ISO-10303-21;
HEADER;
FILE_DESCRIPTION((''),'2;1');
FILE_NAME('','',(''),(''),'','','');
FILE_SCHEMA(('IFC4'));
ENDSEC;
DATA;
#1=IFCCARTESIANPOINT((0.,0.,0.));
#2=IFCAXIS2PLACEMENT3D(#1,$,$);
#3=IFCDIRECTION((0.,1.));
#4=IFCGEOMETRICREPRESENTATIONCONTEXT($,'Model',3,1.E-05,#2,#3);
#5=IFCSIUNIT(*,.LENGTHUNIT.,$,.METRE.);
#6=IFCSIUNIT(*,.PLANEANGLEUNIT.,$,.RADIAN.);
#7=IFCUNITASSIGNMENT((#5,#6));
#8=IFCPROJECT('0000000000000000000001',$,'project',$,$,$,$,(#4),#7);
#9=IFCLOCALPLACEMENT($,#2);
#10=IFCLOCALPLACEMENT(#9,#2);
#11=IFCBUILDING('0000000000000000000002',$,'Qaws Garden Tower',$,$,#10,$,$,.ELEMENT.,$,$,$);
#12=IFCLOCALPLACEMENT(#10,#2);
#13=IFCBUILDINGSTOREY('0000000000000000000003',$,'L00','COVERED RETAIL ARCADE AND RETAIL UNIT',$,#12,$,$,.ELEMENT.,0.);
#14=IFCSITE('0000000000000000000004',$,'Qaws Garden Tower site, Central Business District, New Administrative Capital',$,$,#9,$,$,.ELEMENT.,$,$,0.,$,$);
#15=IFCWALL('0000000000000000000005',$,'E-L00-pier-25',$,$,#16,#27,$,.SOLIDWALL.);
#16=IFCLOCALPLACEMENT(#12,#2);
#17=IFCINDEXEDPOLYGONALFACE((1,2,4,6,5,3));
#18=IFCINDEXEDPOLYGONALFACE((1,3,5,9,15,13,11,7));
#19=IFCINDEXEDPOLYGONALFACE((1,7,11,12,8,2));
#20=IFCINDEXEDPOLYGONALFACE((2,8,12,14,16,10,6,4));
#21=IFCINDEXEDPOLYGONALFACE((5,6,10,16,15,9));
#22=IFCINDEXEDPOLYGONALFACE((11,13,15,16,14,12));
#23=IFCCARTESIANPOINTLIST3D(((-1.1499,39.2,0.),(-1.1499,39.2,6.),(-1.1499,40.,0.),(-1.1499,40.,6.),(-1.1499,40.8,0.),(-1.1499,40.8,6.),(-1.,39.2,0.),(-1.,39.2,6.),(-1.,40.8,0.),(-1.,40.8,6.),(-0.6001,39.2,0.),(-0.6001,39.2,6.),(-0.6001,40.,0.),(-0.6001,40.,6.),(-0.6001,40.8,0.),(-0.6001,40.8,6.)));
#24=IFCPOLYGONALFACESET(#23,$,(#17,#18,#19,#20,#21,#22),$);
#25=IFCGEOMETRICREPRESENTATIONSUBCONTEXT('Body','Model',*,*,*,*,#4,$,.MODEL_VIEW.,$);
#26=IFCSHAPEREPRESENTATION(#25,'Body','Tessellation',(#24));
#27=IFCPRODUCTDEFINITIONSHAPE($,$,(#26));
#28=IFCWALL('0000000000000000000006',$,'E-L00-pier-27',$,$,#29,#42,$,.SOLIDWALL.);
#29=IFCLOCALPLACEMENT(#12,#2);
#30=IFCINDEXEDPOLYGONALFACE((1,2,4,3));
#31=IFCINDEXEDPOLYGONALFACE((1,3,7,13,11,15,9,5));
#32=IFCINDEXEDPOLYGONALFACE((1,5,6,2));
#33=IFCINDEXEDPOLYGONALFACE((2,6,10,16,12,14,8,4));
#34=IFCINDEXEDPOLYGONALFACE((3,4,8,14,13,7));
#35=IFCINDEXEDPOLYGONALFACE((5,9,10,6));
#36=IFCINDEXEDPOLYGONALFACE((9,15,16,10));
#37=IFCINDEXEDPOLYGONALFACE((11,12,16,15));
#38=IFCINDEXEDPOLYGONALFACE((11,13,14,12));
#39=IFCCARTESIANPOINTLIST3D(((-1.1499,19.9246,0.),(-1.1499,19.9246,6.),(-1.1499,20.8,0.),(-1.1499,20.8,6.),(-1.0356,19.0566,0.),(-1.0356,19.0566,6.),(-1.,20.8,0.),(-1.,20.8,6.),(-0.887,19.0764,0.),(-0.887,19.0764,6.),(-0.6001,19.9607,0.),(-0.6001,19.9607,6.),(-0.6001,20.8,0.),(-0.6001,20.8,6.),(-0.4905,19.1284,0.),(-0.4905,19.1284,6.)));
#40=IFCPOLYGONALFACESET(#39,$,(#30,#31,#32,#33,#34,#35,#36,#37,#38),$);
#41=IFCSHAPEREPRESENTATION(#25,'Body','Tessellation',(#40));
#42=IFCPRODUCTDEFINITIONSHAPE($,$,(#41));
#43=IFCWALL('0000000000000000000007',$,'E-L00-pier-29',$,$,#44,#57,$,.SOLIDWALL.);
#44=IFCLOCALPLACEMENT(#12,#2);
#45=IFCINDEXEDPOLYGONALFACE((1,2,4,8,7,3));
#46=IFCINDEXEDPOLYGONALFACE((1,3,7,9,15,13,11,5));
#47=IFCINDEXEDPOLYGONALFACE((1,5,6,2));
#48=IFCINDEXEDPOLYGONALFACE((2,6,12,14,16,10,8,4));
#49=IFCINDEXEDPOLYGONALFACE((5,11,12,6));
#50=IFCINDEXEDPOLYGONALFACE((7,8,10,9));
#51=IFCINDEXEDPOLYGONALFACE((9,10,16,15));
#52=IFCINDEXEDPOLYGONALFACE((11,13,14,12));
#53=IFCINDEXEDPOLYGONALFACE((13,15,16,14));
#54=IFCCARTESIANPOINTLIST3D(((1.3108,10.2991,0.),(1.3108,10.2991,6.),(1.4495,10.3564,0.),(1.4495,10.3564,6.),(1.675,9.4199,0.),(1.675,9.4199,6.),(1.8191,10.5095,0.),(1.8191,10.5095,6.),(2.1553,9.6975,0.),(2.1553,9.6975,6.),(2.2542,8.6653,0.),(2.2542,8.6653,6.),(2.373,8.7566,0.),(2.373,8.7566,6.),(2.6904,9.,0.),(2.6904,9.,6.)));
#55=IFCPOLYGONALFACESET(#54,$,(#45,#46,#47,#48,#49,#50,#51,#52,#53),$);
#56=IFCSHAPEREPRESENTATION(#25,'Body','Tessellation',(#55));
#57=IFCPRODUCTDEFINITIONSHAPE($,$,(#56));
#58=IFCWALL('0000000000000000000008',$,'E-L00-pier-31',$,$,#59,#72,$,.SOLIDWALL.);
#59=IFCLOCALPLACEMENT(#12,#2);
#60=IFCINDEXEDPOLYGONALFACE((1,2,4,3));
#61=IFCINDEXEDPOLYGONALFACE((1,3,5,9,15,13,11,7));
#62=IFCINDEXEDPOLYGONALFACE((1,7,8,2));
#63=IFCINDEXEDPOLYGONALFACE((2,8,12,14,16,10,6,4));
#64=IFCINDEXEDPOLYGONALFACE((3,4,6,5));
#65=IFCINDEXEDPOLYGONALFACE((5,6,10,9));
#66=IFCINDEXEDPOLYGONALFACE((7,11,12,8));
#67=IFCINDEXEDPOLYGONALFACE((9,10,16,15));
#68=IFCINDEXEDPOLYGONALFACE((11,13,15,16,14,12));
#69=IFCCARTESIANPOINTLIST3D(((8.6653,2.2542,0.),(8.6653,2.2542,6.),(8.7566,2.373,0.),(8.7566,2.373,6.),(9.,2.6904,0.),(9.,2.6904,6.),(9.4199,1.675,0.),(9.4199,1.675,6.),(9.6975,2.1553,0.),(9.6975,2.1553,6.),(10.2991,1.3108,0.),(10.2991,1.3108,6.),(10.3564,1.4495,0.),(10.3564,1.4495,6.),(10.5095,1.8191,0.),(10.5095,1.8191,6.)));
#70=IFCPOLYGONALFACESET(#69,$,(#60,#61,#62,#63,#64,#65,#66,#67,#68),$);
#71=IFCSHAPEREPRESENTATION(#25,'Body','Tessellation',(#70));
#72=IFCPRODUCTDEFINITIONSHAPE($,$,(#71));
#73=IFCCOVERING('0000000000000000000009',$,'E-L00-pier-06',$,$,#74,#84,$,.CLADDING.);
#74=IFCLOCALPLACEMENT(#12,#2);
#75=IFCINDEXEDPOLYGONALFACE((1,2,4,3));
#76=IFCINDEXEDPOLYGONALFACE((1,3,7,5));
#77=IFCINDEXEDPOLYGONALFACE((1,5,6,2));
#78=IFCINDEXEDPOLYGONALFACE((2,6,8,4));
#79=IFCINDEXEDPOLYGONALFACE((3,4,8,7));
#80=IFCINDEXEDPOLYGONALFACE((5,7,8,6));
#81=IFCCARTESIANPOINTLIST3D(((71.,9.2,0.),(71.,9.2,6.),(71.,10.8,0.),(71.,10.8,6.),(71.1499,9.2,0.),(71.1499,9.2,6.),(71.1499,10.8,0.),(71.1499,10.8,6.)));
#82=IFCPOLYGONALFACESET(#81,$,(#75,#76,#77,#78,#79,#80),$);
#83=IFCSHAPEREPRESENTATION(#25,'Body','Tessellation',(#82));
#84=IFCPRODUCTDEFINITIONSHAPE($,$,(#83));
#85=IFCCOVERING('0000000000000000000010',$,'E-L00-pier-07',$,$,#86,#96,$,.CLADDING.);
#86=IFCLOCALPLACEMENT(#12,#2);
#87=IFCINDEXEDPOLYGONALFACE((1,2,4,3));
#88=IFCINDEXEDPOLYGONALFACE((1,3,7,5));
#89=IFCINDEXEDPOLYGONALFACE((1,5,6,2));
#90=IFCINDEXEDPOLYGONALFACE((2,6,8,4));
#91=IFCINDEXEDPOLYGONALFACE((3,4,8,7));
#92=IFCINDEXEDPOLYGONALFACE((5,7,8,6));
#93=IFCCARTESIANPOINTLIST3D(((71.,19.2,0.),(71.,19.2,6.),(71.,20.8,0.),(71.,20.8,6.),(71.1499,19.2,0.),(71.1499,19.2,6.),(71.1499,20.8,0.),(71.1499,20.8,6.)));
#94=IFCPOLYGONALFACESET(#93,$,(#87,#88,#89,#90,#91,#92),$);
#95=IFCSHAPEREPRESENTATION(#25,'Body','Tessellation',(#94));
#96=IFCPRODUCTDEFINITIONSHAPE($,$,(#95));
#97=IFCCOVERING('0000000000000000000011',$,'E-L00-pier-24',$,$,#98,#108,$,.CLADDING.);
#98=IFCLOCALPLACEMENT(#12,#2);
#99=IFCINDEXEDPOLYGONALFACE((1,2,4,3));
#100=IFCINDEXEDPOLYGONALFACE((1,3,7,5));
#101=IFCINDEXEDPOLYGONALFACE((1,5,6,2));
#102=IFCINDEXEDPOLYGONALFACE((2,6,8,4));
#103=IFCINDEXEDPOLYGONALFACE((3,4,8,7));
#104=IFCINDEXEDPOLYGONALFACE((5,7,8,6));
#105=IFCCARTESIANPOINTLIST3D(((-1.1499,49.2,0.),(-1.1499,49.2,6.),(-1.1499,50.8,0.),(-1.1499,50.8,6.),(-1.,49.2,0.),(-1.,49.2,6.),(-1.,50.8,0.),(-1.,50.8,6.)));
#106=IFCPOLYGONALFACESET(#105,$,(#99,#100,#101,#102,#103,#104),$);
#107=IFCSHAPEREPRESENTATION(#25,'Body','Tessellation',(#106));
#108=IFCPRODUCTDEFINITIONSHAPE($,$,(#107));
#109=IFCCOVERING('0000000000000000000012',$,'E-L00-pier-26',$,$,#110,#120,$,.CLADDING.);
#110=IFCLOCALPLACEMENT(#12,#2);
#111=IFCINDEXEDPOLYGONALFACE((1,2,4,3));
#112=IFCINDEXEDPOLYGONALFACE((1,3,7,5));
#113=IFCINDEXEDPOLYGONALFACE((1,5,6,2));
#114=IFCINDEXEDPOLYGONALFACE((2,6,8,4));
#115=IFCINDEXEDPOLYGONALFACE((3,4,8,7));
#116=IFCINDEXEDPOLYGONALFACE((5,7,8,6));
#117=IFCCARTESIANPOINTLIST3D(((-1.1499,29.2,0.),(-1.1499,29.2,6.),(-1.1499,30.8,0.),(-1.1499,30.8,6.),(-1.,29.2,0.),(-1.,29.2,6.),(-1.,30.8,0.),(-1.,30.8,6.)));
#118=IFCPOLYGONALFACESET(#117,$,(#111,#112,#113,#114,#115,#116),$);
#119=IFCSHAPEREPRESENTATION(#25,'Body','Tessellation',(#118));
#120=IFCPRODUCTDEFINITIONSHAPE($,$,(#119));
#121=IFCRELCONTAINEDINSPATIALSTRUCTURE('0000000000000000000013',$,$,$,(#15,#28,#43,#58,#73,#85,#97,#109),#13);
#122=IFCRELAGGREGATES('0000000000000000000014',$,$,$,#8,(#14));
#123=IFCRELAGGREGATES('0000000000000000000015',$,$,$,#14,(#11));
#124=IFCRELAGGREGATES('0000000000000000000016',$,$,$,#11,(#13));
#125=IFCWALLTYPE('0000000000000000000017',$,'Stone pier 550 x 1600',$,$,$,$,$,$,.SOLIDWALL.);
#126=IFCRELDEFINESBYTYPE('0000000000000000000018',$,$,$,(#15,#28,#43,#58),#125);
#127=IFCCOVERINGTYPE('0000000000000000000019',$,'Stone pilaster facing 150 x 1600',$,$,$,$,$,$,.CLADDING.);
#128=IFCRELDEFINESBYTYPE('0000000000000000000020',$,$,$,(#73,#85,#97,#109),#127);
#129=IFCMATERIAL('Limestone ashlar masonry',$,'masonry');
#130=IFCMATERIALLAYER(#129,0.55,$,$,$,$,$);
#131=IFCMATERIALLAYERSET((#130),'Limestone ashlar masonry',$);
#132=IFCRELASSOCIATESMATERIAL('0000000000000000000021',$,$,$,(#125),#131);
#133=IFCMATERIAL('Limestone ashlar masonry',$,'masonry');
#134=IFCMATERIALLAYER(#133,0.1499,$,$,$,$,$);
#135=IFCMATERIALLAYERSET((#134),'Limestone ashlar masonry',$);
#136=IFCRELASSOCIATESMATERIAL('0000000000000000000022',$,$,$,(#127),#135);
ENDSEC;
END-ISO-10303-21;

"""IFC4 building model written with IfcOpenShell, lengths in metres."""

from ifc_helpers import new_model, si_unit, direction, origin, place, context, subcontext, project, spatial, polyline, outline, extrude, material, layer, layer_set, type_object, element, save


model = new_model("IFC4")

# Units and contexts
model_context = context("Model", 3, precision=1e-05, world=origin(), true_north=direction((0.0, 1.0)))
body_context = subcontext(model_context, "Body", "Model", "MODEL_VIEW")
ifc_project = project(units=[si_unit("LENGTHUNIT", "METRE"), si_unit("PLANEANGLEUNIT", "RADIAN")], contexts=[model_context])

# Site, building, storey
site_placement = place(None, origin())
site = spatial("IfcSite", under=ifc_project, at=site_placement, Name="Qaws Garden Tower site, Central Business District, New Administrative Capital", CompositionType="ELEMENT", RefElevation=0.0)
building_placement = place(site_placement, origin())
building = spatial("IfcBuilding", under=site, at=building_placement, Name="Qaws Garden Tower", CompositionType="ELEMENT")
storey_placement = place(building_placement, origin())
storey = spatial("IfcBuildingStorey", under=building, at=storey_placement, Name="L00", Description="COVERED RETAIL ARCADE AND RETAIL UNIT", CompositionType="ELEMENT", Elevation=0.0)

# Shared definitions
placement_1 = place(storey_placement, origin())

# Walls
ifc_material_1 = material(Name="Limestone ashlar masonry", Category="masonry")
ifc_layer_1 = layer(ifc_material_1, 0.55)
ifc_layer_set_1 = layer_set([ifc_layer_1], Name="Limestone ashlar masonry")
wall_type_1 = type_object("IfcWallType", Name="Stone pier 550 x 1600", PredefinedType="SOLIDWALL", material=ifc_layer_set_1)
element("IfcWall", 1, at=placement_1, inside=storey, type_object=wall_type_1, Name="E-L00-pier-25", PredefinedType="SOLIDWALL", context=body_context, shape_type="SweptSolid", body=[
    extrude(outline(polyline([(-1.0, 40.8), (-1.1499, 40.8), (-1.1499, 40.0), (-1.1499, 39.2), (-1.0, 39.2), (-0.6001, 39.2), (-0.6001, 40.0), (-0.6001, 40.8), (-1.0, 40.8)])), origin(), (0.0, 0.0, 1.0), 6.0),
])
element("IfcWall", 2, at=placement_1, inside=storey, type_object=wall_type_1, Name="E-L00-pier-27", PredefinedType="SOLIDWALL", context=body_context, shape_type="SweptSolid", body=[
    extrude(outline(polyline([(-1.0, 20.8), (-1.1499, 20.8), (-1.1499, 19.9246), (-1.0356, 19.0566), (-0.887, 19.0764), (-0.4905, 19.1284), (-0.6001, 19.9607), (-0.6001, 20.8), (-1.0, 20.8)])), origin(), (0.0, 0.0, 1.0), 6.0),
])
element("IfcWall", 3, at=placement_1, inside=storey, type_object=wall_type_1, Name="E-L00-pier-29", PredefinedType="SOLIDWALL", context=body_context, shape_type="SweptSolid", body=[
    extrude(outline(polyline([(1.4495, 10.3564), (1.3108, 10.2991), (1.675, 9.4199), (2.2542, 8.6653), (2.373, 8.7566), (2.6904, 9.0), (2.1553, 9.6975), (1.8191, 10.5095), (1.4495, 10.3564)])), origin(), (0.0, 0.0, 1.0), 6.0),
])
element("IfcWall", 4, at=placement_1, inside=storey, type_object=wall_type_1, Name="E-L00-pier-31", PredefinedType="SOLIDWALL", context=body_context, shape_type="SweptSolid", body=[
    extrude(outline(polyline([(8.7566, 2.373), (8.6653, 2.2542), (9.4199, 1.675), (10.2991, 1.3108), (10.3564, 1.4495), (10.5095, 1.8191), (9.6975, 2.1553), (9.0, 2.6904), (8.7566, 2.373)])), origin(), (0.0, 0.0, 1.0), 6.0),
])

# Coverings
ifc_material_2 = material(Name="Limestone ashlar masonry", Category="masonry")
ifc_layer_2 = layer(ifc_material_2, 0.1499)
ifc_layer_set_2 = layer_set([ifc_layer_2], Name="Limestone ashlar masonry")
covering_type = type_object("IfcCoveringType", Name="Stone pilaster facing 150 x 1600", PredefinedType="CLADDING", material=ifc_layer_set_2)
element("IfcCovering", 5, at=placement_1, inside=storey, type_object=covering_type, Name="E-L00-pier-06", PredefinedType="CLADDING", context=body_context, shape_type="SweptSolid", body=[
    extrude(outline(polyline([(71.0, 9.2), (71.0, 10.8), (71.1499, 10.8), (71.1499, 9.2), (71.0, 9.2)])), origin(), (0.0, 0.0, 1.0), 6.0),
])
element("IfcCovering", 6, at=placement_1, inside=storey, type_object=covering_type, Name="E-L00-pier-07", PredefinedType="CLADDING", context=body_context, shape_type="SweptSolid", body=[
    extrude(outline(polyline([(71.0, 19.2), (71.0, 20.8), (71.1499, 20.8), (71.1499, 19.2), (71.0, 19.2)])), origin(), (0.0, 0.0, 1.0), 6.0),
])
element("IfcCovering", 7, at=placement_1, inside=storey, type_object=covering_type, Name="E-L00-pier-24", PredefinedType="CLADDING", context=body_context, shape_type="SweptSolid", body=[
    extrude(outline(polyline([(-1.0, 50.8), (-1.0, 49.2), (-1.1499, 49.2), (-1.1499, 50.8), (-1.0, 50.8)])), origin(), (0.0, 0.0, 1.0), 6.0),
])
element("IfcCovering", 8, at=placement_1, inside=storey, type_object=covering_type, Name="E-L00-pier-26", PredefinedType="CLADDING", context=body_context, shape_type="SweptSolid", body=[
    extrude(outline(polyline([(-1.0, 30.8), (-1.0, 29.2), (-1.1499, 29.2), (-1.1499, 30.8), (-1.0, 30.8)])), origin(), (0.0, 0.0, 1.0), 6.0),
])

save(model, "model.ifc")
